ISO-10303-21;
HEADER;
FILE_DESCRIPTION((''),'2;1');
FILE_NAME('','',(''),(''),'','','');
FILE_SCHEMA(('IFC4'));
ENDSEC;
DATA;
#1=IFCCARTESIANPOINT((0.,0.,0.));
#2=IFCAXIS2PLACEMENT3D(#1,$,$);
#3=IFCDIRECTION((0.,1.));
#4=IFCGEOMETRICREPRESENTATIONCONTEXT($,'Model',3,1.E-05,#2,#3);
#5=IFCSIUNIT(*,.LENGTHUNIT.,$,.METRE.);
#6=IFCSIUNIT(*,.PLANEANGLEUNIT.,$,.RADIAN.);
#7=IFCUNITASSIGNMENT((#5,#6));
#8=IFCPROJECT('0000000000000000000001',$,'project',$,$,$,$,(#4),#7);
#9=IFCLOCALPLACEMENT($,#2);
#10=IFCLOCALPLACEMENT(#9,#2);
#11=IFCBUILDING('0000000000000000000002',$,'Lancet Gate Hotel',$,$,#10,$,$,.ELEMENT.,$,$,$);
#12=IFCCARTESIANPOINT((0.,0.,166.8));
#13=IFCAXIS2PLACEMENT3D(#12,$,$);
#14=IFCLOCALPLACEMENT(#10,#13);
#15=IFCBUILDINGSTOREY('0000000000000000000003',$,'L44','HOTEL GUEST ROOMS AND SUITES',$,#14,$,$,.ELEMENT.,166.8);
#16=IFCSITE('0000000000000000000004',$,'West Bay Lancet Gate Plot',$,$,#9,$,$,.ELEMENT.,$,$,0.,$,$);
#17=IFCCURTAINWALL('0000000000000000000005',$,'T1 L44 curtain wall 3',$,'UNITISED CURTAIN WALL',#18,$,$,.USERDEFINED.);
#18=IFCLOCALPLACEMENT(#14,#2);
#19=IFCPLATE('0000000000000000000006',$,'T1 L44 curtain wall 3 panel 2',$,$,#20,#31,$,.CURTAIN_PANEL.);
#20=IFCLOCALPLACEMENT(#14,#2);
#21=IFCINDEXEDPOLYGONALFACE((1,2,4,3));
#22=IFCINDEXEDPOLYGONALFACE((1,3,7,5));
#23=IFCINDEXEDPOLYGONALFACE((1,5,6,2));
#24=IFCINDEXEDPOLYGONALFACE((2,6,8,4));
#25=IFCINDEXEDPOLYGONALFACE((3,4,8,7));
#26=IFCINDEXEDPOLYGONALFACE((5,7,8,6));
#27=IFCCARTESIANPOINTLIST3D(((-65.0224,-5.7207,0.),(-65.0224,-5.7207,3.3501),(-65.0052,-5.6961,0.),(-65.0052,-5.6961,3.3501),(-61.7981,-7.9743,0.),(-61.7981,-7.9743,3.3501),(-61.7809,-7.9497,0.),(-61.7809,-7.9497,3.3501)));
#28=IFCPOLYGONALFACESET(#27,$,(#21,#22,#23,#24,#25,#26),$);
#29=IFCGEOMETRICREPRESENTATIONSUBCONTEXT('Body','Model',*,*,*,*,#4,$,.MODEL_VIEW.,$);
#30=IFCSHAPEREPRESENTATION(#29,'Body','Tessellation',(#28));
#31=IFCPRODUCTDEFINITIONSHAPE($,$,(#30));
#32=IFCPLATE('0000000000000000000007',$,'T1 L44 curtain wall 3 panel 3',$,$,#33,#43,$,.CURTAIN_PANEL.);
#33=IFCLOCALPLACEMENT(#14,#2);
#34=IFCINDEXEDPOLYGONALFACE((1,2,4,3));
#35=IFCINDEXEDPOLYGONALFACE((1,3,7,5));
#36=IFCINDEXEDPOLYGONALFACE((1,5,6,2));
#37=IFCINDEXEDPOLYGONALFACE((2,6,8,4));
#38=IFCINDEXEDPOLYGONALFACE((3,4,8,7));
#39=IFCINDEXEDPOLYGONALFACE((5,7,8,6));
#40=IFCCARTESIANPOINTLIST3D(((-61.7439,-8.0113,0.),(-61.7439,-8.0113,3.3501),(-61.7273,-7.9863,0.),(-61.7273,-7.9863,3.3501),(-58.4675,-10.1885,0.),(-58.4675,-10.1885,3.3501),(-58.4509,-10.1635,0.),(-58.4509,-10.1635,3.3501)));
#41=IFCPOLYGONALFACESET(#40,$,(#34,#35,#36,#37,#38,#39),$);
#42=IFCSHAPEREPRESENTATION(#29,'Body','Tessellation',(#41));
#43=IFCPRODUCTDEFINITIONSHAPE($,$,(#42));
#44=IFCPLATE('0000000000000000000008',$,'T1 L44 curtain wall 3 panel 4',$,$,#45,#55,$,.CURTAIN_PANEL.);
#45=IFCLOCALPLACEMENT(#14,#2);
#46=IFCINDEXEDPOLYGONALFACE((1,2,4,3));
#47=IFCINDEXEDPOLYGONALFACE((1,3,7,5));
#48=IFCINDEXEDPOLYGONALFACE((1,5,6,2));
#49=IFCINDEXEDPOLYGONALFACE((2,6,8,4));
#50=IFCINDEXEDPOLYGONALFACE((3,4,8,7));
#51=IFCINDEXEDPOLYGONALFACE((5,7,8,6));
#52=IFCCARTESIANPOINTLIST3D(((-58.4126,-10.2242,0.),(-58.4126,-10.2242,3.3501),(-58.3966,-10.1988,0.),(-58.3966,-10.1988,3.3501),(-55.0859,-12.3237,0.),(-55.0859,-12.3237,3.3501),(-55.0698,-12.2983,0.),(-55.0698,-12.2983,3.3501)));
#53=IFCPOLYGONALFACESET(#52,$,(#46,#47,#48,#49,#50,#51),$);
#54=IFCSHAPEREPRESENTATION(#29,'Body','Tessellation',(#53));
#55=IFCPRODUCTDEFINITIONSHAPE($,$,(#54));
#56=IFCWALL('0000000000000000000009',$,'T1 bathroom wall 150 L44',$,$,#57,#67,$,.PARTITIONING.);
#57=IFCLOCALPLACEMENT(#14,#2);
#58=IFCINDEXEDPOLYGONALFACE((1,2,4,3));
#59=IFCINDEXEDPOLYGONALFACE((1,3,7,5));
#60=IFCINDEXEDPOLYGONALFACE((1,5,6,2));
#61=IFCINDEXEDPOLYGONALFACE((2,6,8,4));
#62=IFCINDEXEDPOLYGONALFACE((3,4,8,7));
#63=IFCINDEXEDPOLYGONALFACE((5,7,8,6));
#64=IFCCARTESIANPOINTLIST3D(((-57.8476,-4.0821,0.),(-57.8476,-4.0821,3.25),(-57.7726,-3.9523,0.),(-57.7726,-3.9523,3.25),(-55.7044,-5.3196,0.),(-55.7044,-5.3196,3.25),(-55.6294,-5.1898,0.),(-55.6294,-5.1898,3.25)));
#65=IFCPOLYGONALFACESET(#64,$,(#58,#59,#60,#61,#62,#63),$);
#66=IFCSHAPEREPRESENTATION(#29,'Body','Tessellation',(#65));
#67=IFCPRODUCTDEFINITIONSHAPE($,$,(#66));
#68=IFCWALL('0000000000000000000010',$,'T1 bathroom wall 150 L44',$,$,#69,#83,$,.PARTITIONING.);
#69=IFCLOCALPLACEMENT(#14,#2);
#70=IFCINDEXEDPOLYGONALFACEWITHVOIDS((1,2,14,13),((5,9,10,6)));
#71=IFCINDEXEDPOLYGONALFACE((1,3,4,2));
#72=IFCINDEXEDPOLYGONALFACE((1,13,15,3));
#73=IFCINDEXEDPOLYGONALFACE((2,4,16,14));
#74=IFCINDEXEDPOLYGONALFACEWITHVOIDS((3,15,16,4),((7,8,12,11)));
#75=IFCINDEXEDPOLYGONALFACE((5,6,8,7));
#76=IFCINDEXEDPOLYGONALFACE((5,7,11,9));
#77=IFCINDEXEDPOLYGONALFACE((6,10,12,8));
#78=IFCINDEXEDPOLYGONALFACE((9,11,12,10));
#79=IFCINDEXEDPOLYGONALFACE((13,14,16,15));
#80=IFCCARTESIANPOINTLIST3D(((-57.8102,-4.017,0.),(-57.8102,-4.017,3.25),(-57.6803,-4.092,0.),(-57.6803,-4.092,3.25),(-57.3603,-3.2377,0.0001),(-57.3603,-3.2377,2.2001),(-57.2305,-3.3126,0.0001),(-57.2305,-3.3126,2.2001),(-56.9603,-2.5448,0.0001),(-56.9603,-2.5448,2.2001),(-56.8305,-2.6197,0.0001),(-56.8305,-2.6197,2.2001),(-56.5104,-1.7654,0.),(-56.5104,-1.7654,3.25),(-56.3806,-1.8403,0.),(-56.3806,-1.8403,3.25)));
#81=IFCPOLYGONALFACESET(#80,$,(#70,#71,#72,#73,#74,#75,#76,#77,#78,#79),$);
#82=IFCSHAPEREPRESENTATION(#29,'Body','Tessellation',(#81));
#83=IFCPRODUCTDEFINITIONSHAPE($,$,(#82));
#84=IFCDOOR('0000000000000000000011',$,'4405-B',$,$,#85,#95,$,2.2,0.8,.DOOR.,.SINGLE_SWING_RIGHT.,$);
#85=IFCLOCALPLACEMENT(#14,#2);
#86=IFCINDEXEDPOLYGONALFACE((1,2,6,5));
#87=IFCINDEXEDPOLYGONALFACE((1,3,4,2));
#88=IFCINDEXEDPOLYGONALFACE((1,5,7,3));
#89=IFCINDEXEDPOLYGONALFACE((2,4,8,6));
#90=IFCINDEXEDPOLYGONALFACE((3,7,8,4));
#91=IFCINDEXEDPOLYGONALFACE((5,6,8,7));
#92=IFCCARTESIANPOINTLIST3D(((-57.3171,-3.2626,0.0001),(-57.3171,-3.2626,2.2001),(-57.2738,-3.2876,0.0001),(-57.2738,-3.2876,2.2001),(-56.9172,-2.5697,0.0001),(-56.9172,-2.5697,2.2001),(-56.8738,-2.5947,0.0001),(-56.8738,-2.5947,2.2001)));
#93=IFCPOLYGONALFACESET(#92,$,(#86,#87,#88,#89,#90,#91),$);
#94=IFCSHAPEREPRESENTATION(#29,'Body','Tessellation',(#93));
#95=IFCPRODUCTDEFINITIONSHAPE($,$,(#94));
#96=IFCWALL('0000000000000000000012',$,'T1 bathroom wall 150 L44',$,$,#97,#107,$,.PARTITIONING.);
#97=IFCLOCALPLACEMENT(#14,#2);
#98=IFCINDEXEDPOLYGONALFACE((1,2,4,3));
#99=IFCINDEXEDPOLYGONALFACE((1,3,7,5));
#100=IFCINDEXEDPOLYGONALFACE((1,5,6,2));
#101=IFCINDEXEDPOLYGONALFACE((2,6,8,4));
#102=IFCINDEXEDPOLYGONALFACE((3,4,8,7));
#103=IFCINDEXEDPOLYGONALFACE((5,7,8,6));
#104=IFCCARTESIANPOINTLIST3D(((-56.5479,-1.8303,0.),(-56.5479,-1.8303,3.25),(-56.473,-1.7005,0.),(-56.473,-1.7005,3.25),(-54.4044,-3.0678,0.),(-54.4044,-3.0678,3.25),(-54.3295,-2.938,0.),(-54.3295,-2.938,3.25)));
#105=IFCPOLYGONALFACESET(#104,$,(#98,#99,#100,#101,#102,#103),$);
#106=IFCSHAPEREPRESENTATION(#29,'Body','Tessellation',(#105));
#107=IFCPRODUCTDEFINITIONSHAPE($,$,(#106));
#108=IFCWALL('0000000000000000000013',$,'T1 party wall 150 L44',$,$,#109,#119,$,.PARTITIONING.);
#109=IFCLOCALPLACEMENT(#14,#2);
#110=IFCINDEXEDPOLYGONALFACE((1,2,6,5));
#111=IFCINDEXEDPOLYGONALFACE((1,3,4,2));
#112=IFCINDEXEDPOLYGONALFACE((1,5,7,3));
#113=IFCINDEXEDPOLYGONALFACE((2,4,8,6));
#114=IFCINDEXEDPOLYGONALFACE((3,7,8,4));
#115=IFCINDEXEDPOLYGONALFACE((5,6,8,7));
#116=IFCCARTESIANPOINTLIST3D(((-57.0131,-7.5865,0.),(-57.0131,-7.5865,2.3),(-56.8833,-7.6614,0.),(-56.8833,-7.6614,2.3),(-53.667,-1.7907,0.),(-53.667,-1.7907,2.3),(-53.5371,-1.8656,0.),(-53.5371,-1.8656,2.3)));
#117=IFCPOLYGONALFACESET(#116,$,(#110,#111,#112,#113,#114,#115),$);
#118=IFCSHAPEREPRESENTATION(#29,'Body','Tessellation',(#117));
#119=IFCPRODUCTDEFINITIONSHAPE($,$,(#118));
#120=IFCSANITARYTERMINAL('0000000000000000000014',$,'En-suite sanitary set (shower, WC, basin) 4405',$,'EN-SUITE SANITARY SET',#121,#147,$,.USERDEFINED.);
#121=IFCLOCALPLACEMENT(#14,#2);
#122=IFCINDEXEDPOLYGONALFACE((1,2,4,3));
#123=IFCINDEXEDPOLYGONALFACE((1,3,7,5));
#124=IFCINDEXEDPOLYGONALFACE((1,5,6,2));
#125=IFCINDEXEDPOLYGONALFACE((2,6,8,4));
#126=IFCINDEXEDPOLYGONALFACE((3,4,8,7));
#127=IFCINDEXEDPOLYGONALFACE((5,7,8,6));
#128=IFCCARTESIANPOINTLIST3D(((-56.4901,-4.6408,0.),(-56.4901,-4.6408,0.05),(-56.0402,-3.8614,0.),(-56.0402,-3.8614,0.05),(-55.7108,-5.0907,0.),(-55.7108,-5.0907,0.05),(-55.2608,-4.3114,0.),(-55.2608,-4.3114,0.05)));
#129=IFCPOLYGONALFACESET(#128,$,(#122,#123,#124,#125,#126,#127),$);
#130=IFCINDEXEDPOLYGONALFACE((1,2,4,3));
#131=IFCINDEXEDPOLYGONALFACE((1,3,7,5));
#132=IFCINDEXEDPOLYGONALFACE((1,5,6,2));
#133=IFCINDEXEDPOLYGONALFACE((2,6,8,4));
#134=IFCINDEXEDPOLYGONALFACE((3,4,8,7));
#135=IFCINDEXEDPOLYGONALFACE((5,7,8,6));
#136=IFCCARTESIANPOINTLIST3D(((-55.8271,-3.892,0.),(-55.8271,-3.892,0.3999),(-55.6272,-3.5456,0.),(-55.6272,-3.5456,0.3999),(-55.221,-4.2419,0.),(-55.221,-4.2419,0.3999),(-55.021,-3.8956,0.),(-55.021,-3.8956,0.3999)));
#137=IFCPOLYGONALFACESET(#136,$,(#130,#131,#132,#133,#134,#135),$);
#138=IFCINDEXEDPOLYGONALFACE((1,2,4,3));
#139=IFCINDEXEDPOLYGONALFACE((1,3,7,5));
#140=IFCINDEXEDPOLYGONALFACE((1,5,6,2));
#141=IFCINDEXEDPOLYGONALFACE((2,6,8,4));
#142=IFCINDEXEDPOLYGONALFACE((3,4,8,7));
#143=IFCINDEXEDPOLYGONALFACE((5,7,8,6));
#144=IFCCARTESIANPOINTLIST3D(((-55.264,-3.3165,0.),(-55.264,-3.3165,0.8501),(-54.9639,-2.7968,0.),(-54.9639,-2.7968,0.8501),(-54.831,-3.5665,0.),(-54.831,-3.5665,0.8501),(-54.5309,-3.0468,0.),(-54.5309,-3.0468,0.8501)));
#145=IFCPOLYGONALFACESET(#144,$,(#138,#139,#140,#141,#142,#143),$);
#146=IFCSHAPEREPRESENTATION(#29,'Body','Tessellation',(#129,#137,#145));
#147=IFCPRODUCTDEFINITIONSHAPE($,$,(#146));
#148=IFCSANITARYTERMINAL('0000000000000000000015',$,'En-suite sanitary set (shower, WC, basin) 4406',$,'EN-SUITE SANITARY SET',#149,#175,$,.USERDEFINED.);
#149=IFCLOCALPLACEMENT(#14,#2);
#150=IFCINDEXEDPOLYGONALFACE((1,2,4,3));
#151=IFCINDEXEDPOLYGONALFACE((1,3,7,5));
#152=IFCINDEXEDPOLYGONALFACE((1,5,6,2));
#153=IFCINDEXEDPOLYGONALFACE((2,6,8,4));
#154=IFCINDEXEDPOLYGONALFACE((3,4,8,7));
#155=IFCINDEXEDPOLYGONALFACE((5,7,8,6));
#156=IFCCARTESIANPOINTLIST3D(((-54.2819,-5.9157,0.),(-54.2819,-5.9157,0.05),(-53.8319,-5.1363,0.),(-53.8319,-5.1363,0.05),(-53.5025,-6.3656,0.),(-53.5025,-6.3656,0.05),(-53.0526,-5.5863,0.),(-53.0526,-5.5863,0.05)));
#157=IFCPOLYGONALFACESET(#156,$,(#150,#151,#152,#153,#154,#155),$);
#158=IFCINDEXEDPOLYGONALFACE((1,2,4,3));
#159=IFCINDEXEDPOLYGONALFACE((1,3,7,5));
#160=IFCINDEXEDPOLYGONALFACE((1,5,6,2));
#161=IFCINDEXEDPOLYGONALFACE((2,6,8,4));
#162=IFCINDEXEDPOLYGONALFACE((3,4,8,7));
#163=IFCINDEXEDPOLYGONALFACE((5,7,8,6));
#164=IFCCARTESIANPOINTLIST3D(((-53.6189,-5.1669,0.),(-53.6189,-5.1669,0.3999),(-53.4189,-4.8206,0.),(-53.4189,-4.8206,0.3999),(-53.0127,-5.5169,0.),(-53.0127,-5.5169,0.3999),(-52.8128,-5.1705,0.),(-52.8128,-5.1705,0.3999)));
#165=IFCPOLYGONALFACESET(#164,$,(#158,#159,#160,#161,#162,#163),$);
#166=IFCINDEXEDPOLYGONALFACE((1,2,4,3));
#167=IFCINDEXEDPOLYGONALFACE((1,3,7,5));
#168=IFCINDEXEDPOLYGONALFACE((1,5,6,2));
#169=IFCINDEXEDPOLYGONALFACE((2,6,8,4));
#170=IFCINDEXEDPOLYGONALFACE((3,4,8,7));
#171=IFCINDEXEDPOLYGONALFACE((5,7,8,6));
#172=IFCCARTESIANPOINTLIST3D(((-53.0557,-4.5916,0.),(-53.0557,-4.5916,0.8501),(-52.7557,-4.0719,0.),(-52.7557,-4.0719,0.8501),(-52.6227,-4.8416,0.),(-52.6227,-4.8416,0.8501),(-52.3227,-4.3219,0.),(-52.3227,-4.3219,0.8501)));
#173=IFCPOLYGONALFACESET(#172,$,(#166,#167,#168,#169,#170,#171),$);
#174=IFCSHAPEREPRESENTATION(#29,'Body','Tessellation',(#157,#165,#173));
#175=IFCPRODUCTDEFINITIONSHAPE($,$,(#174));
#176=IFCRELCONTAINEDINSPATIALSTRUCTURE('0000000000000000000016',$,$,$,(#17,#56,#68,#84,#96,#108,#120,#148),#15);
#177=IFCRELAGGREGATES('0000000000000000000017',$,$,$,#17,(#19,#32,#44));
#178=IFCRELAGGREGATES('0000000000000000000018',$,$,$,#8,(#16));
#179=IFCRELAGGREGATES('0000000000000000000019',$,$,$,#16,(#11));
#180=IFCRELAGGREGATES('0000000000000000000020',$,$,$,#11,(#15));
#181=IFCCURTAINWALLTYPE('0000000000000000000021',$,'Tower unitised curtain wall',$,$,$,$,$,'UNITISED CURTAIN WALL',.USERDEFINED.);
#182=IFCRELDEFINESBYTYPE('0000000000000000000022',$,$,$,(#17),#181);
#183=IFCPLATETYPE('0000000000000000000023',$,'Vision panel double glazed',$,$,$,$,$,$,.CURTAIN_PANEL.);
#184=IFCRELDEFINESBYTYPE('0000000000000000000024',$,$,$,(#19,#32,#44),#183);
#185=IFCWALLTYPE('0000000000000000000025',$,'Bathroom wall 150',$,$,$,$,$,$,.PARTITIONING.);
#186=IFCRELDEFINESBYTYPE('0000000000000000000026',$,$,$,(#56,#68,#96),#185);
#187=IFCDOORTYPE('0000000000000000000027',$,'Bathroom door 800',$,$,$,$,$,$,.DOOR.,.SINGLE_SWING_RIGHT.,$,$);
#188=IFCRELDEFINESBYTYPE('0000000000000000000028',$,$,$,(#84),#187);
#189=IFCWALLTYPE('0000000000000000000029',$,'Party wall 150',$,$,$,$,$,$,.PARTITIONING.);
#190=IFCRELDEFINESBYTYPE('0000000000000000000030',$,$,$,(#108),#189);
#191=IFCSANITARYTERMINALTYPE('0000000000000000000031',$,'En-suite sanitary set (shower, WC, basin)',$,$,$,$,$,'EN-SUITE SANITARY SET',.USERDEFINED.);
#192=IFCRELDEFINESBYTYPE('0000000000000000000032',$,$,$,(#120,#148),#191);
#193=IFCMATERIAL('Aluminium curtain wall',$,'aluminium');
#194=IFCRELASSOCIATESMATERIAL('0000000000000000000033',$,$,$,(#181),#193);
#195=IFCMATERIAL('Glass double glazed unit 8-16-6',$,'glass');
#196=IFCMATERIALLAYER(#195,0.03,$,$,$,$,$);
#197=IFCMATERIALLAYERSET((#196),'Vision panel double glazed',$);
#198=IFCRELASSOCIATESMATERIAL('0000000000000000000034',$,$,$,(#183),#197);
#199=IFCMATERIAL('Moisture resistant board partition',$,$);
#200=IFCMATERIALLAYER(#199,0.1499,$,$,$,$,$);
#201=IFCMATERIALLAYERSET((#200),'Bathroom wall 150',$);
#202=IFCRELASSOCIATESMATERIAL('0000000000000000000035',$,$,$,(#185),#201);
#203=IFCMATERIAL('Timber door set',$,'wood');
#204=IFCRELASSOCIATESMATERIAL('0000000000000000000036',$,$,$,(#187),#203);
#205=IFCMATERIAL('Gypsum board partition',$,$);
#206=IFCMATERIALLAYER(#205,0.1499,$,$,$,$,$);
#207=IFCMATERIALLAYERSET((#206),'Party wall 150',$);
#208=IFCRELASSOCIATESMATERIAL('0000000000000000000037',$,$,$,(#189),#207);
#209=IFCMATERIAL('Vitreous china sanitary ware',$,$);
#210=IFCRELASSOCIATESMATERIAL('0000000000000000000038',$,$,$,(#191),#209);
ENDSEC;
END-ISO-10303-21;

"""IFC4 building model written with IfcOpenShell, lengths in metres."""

from ifc_helpers import new_model, si_unit, direction, frame, frame_2d, origin, origin_2d, place, context, subcontext, project, spatial, rectangle, extrude, material, layer, layer_set, type_object, element, fill, aggregate, save


model = new_model("IFC4")

# Units and contexts
model_context = context("Model", 3, precision=1e-05, world=origin(), true_north=direction((0.0, 1.0)))
body_context = subcontext(model_context, "Body", "Model", "MODEL_VIEW")
ifc_project = project(units=[si_unit("LENGTHUNIT", "METRE"), si_unit("PLANEANGLEUNIT", "RADIAN")], contexts=[model_context])

# Site, building, storey
site_placement = place(None, origin())
site = spatial("IfcSite", under=ifc_project, at=site_placement, Name="West Bay Lancet Gate Plot", CompositionType="ELEMENT", RefElevation=0.0)
building_placement = place(site_placement, origin())
building = spatial("IfcBuilding", under=site, at=building_placement, Name="Lancet Gate Hotel", CompositionType="ELEMENT")
storey_placement = place(building_placement, frame((0.0, 0.0, 166.8)))
storey = spatial("IfcBuildingStorey", under=building, at=storey_placement, Name="L44", Description="HOTEL GUEST ROOMS AND SUITES", CompositionType="ELEMENT", Elevation=166.8)

# Curtain wall
ifc_material_1 = material(Name="Aluminium curtain wall", Category="aluminium")
curtain_wall_type = type_object("IfcCurtainWallType", Name="Tower unitised curtain wall", ElementType="UNITISED CURTAIN WALL", PredefinedType="USERDEFINED", material=ifc_material_1)
curtain_wall_placement = place(storey_placement, origin())
curtain_wall = element("IfcCurtainWall", 1, at=curtain_wall_placement, inside=storey, type_object=curtain_wall_type, Name="T1 L44 curtain wall 3", ObjectType="UNITISED CURTAIN WALL", PredefinedType="USERDEFINED")

# Plates
ifc_material_2 = material(Name="Glass double glazed unit 8-16-6", Category="glass")
ifc_layer_1 = layer(ifc_material_2, 0.03)
ifc_layer_set_1 = layer_set([ifc_layer_1], Name="Vision panel double glazed")
plate_type = type_object("IfcPlateType", Name="Vision panel double glazed", PredefinedType="CURTAIN_PANEL", material=ifc_layer_set_1)
plate_1_placement = place(storey_placement, frame((-63.4016, -6.8352, 0.0), z_axis=(0.0, 0.0, 1.0), x_axis=(0.819631, -0.572892, 0.0)))
plate_1 = element("IfcPlate", 2, at=plate_1_placement, type_object=plate_type, Name="T1 L44 curtain wall 3 panel 2", PredefinedType="CURTAIN_PANEL", context=body_context, shape_type="SweptSolid", body=[
    extrude(rectangle(XDim=3.9338, YDim=0.03, at=origin_2d()), origin(), (0.0, 0.0, 1.0), 3.3501),
])
plate_2_placement = place(storey_placement, frame((-60.0974, -9.0874, 0.0), z_axis=(0.0, 0.0, 1.0), x_axis=(0.832879, -0.553455, 0.0)))
plate_2 = element("IfcPlate", 3, at=plate_2_placement, type_object=plate_type, Name="T1 L44 curtain wall 3 panel 3", PredefinedType="CURTAIN_PANEL", context=body_context, shape_type="SweptSolid", body=[
    extrude(rectangle(XDim=3.9338, YDim=0.03, at=origin_2d()), origin(), (0.0, 0.0, 1.0), 3.3501),
])
plate_3_placement = place(storey_placement, frame((-56.7412, -11.2612, 0.0), z_axis=(0.0, 0.0, 1.0), x_axis=(0.845667, -0.533711, 0.0)))
plate_3 = element("IfcPlate", 4, at=plate_3_placement, type_object=plate_type, Name="T1 L44 curtain wall 3 panel 4", PredefinedType="CURTAIN_PANEL", context=body_context, shape_type="SweptSolid", body=[
    extrude(rectangle(XDim=3.9338, YDim=0.03, at=origin_2d()), origin(), (0.0, 0.0, 1.0), 3.3501),
])
aggregate(curtain_wall, [plate_1, plate_2, plate_3])

# Wall
ifc_material_3 = material(Name="Moisture resistant board partition")
ifc_layer_2 = layer(ifc_material_3, 0.1499)
ifc_layer_set_2 = layer_set([ifc_layer_2], Name="Bathroom wall 150")
wall_type_1 = type_object("IfcWallType", Name="Bathroom wall 150", PredefinedType="PARTITIONING", material=ifc_layer_set_2)
wall_1_placement = place(storey_placement, frame((-55.667, -5.2546, 0.0), z_axis=(0.0, 0.0, 1.0), x_axis=(-0.866007, 0.500033, 0.0)))
element("IfcWall", 5, at=wall_1_placement, inside=storey, type_object=wall_type_1, Name="T1 bathroom wall 150 L44", PredefinedType="PARTITIONING", context=body_context, shape_type="SweptSolid", body=[
    extrude(rectangle(XDim=2.4749, YDim=0.1499, at=frame_2d((1.2373, 0.0))), origin(), (0.0, 0.0, 1.0), 3.25),
])

# Wall, opening, door
wall_2_placement = place(storey_placement, frame((-56.4456, -1.803, 0.0), z_axis=(0.0, 0.0, 1.0), x_axis=(-0.499937, -0.866062, 0.0)))
wall_2 = element("IfcWall", 6, at=wall_2_placement, inside=storey, type_object=wall_type_1, Name="T1 bathroom wall 150 L44", PredefinedType="PARTITIONING", context=body_context, shape_type="SweptSolid", body=[
    extrude(rectangle(XDim=2.5999, YDim=0.1499, at=frame_2d((1.2998, 0.0))), origin(), (0.0, 0.0, 1.0), 3.25),
])
opening_placement = place(wall_2_placement, frame((0.8999, 0.0, 0.0)))
opening = element("IfcOpeningElement", 7, at=opening_placement, cuts=wall_2, PredefinedType="OPENING", context=body_context, shape_type="SweptSolid", body=[
    extrude(rectangle(XDim=0.8, YDim=2.2, at=frame_2d((0.3999, 1.1001))), frame((0.0, 0.085, 0.0), z_axis=(0.0, -1.0, 0.0), x_axis=(1.0, 0.0, 0.0)), (0.0, 0.0, 1.0), 0.1699),
])
ifc_material_4 = material(Name="Timber door set", Category="wood")
door_type = type_object("IfcDoorType", Name="Bathroom door 800", OperationType="SINGLE_SWING_RIGHT", PredefinedType="DOOR", material=ifc_material_4)
door_placement = place(opening_placement, origin())
door = element("IfcDoor", 8, at=door_placement, inside=storey, type_object=door_type, Name="4405-B", OperationType="SINGLE_SWING_RIGHT", OverallHeight=2.2, OverallWidth=0.8, PredefinedType="DOOR", context=body_context, shape_type="SweptSolid", body=[
    extrude(rectangle(XDim=0.8, YDim=2.2, at=frame_2d((0.3999, 1.1001))), frame((0.0, 0.0249, 0.0), z_axis=(0.0, -1.0, 0.0), x_axis=(1.0, 0.0, 0.0)), (0.0, 0.0, 1.0), 0.05),
])
fill(opening, door)

# Walls
wall_3_placement = place(storey_placement, frame((-54.3669, -3.0029, 0.0), z_axis=(0.0, 0.0, 1.0), x_axis=(-0.866031, 0.49999, 0.0)))
element("IfcWall", 9, at=wall_3_placement, inside=storey, type_object=wall_type_1, Name="T1 bathroom wall 150 L44", PredefinedType="PARTITIONING", context=body_context, shape_type="SweptSolid", body=[
    extrude(rectangle(XDim=2.4751, YDim=0.1499, at=frame_2d((1.2375, 0.0))), origin(), (0.0, 0.0, 1.0), 3.25),
])
ifc_material_5 = material(Name="Gypsum board partition")
ifc_layer_3 = layer(ifc_material_5, 0.1499)
ifc_layer_set_3 = layer_set([ifc_layer_3], Name="Party wall 150")
wall_type_2 = type_object("IfcWallType", Name="Party wall 150", PredefinedType="PARTITIONING", material=ifc_layer_set_3)
wall_4_placement = place(storey_placement, frame((-53.6021, -1.8281, 0.0), z_axis=(0.0, 0.0, 1.0), x_axis=(-0.499992, -0.86603, 0.0)))
element("IfcWall", 10, at=wall_4_placement, inside=storey, type_object=wall_type_2, Name="T1 party wall 150 L44", PredefinedType="PARTITIONING", context=body_context, shape_type="SweptSolid", body=[
    extrude(rectangle(XDim=6.6924, YDim=0.1499, at=frame_2d((3.3462, 0.0))), origin(), (0.0, 0.0, 1.0), 2.3),
])

# Sanitary terminals
ifc_material_6 = material(Name="Vitreous china sanitary ware")
sanitary_terminal_type = type_object("IfcSanitaryTerminalType", Name="En-suite sanitary set (shower, WC, basin)", ElementType="EN-SUITE SANITARY SET", PredefinedType="USERDEFINED", material=ifc_material_6)
sanitary_terminal_1_placement = place(storey_placement, frame((-55.8755, -4.4761, 0.0), z_axis=(0.0, 0.0, 1.0), x_axis=(1.0, 0.0, 0.0)))
element("IfcSanitaryTerminal", 11, at=sanitary_terminal_1_placement, inside=storey, type_object=sanitary_terminal_type, Name="En-suite sanitary set (shower, WC, basin) 4405", ObjectType="EN-SUITE SANITARY SET", PredefinedType="USERDEFINED", context=body_context, shape_type="SweptSolid", body=[
    extrude(rectangle(XDim=0.8999, YDim=0.8999, at=origin_2d()), frame((0.0, 0.0, 0.0), z_axis=(0.0, 0.0, 1.0), x_axis=(-0.5, -0.866025, 0.0)), (0.0, 0.0, 1.0), 0.05),
    extrude(rectangle(XDim=0.3999, YDim=0.7, at=origin_2d()), frame((0.4514, 0.5823, 0.0), z_axis=(0.0, 0.0, 1.0), x_axis=(-0.5, -0.866025, 0.0)), (0.0, 0.0, 1.0), 0.3999),
    extrude(rectangle(XDim=0.6001, YDim=0.5, at=origin_2d()), frame((0.978, 1.2944, 0.0), z_axis=(0.0, 0.0, 1.0), x_axis=(-0.5, -0.866025, 0.0)), (0.0, 0.0, 1.0), 0.8501),
])
sanitary_terminal_2_placement = place(storey_placement, frame((-53.6672, -5.751, 0.0), z_axis=(0.0, 0.0, 1.0), x_axis=(1.0, 0.0, 0.0)))
element("IfcSanitaryTerminal", 12, at=sanitary_terminal_2_placement, inside=storey, type_object=sanitary_terminal_type, Name="En-suite sanitary set (shower, WC, basin) 4406", ObjectType="EN-SUITE SANITARY SET", PredefinedType="USERDEFINED", context=body_context, shape_type="SweptSolid", body=[
    extrude(rectangle(XDim=0.8999, YDim=0.8999, at=origin_2d()), frame((0.0, 0.0, 0.0), z_axis=(0.0, 0.0, 1.0), x_axis=(-0.5, -0.866025, 0.0)), (0.0, 0.0, 1.0), 0.05),
    extrude(rectangle(XDim=0.3999, YDim=0.7, at=origin_2d()), frame((0.4514, 0.5823, 0.0), z_axis=(0.0, 0.0, 1.0), x_axis=(-0.5, -0.866025, 0.0)), (0.0, 0.0, 1.0), 0.3999),
    extrude(rectangle(XDim=0.6001, YDim=0.5, at=origin_2d()), frame((0.978, 1.2942, 0.0), z_axis=(0.0, 0.0, 1.0), x_axis=(-0.5, -0.866025, 0.0)), (0.0, 0.0, 1.0), 0.8501),
])

save(model, "model.ifc")
